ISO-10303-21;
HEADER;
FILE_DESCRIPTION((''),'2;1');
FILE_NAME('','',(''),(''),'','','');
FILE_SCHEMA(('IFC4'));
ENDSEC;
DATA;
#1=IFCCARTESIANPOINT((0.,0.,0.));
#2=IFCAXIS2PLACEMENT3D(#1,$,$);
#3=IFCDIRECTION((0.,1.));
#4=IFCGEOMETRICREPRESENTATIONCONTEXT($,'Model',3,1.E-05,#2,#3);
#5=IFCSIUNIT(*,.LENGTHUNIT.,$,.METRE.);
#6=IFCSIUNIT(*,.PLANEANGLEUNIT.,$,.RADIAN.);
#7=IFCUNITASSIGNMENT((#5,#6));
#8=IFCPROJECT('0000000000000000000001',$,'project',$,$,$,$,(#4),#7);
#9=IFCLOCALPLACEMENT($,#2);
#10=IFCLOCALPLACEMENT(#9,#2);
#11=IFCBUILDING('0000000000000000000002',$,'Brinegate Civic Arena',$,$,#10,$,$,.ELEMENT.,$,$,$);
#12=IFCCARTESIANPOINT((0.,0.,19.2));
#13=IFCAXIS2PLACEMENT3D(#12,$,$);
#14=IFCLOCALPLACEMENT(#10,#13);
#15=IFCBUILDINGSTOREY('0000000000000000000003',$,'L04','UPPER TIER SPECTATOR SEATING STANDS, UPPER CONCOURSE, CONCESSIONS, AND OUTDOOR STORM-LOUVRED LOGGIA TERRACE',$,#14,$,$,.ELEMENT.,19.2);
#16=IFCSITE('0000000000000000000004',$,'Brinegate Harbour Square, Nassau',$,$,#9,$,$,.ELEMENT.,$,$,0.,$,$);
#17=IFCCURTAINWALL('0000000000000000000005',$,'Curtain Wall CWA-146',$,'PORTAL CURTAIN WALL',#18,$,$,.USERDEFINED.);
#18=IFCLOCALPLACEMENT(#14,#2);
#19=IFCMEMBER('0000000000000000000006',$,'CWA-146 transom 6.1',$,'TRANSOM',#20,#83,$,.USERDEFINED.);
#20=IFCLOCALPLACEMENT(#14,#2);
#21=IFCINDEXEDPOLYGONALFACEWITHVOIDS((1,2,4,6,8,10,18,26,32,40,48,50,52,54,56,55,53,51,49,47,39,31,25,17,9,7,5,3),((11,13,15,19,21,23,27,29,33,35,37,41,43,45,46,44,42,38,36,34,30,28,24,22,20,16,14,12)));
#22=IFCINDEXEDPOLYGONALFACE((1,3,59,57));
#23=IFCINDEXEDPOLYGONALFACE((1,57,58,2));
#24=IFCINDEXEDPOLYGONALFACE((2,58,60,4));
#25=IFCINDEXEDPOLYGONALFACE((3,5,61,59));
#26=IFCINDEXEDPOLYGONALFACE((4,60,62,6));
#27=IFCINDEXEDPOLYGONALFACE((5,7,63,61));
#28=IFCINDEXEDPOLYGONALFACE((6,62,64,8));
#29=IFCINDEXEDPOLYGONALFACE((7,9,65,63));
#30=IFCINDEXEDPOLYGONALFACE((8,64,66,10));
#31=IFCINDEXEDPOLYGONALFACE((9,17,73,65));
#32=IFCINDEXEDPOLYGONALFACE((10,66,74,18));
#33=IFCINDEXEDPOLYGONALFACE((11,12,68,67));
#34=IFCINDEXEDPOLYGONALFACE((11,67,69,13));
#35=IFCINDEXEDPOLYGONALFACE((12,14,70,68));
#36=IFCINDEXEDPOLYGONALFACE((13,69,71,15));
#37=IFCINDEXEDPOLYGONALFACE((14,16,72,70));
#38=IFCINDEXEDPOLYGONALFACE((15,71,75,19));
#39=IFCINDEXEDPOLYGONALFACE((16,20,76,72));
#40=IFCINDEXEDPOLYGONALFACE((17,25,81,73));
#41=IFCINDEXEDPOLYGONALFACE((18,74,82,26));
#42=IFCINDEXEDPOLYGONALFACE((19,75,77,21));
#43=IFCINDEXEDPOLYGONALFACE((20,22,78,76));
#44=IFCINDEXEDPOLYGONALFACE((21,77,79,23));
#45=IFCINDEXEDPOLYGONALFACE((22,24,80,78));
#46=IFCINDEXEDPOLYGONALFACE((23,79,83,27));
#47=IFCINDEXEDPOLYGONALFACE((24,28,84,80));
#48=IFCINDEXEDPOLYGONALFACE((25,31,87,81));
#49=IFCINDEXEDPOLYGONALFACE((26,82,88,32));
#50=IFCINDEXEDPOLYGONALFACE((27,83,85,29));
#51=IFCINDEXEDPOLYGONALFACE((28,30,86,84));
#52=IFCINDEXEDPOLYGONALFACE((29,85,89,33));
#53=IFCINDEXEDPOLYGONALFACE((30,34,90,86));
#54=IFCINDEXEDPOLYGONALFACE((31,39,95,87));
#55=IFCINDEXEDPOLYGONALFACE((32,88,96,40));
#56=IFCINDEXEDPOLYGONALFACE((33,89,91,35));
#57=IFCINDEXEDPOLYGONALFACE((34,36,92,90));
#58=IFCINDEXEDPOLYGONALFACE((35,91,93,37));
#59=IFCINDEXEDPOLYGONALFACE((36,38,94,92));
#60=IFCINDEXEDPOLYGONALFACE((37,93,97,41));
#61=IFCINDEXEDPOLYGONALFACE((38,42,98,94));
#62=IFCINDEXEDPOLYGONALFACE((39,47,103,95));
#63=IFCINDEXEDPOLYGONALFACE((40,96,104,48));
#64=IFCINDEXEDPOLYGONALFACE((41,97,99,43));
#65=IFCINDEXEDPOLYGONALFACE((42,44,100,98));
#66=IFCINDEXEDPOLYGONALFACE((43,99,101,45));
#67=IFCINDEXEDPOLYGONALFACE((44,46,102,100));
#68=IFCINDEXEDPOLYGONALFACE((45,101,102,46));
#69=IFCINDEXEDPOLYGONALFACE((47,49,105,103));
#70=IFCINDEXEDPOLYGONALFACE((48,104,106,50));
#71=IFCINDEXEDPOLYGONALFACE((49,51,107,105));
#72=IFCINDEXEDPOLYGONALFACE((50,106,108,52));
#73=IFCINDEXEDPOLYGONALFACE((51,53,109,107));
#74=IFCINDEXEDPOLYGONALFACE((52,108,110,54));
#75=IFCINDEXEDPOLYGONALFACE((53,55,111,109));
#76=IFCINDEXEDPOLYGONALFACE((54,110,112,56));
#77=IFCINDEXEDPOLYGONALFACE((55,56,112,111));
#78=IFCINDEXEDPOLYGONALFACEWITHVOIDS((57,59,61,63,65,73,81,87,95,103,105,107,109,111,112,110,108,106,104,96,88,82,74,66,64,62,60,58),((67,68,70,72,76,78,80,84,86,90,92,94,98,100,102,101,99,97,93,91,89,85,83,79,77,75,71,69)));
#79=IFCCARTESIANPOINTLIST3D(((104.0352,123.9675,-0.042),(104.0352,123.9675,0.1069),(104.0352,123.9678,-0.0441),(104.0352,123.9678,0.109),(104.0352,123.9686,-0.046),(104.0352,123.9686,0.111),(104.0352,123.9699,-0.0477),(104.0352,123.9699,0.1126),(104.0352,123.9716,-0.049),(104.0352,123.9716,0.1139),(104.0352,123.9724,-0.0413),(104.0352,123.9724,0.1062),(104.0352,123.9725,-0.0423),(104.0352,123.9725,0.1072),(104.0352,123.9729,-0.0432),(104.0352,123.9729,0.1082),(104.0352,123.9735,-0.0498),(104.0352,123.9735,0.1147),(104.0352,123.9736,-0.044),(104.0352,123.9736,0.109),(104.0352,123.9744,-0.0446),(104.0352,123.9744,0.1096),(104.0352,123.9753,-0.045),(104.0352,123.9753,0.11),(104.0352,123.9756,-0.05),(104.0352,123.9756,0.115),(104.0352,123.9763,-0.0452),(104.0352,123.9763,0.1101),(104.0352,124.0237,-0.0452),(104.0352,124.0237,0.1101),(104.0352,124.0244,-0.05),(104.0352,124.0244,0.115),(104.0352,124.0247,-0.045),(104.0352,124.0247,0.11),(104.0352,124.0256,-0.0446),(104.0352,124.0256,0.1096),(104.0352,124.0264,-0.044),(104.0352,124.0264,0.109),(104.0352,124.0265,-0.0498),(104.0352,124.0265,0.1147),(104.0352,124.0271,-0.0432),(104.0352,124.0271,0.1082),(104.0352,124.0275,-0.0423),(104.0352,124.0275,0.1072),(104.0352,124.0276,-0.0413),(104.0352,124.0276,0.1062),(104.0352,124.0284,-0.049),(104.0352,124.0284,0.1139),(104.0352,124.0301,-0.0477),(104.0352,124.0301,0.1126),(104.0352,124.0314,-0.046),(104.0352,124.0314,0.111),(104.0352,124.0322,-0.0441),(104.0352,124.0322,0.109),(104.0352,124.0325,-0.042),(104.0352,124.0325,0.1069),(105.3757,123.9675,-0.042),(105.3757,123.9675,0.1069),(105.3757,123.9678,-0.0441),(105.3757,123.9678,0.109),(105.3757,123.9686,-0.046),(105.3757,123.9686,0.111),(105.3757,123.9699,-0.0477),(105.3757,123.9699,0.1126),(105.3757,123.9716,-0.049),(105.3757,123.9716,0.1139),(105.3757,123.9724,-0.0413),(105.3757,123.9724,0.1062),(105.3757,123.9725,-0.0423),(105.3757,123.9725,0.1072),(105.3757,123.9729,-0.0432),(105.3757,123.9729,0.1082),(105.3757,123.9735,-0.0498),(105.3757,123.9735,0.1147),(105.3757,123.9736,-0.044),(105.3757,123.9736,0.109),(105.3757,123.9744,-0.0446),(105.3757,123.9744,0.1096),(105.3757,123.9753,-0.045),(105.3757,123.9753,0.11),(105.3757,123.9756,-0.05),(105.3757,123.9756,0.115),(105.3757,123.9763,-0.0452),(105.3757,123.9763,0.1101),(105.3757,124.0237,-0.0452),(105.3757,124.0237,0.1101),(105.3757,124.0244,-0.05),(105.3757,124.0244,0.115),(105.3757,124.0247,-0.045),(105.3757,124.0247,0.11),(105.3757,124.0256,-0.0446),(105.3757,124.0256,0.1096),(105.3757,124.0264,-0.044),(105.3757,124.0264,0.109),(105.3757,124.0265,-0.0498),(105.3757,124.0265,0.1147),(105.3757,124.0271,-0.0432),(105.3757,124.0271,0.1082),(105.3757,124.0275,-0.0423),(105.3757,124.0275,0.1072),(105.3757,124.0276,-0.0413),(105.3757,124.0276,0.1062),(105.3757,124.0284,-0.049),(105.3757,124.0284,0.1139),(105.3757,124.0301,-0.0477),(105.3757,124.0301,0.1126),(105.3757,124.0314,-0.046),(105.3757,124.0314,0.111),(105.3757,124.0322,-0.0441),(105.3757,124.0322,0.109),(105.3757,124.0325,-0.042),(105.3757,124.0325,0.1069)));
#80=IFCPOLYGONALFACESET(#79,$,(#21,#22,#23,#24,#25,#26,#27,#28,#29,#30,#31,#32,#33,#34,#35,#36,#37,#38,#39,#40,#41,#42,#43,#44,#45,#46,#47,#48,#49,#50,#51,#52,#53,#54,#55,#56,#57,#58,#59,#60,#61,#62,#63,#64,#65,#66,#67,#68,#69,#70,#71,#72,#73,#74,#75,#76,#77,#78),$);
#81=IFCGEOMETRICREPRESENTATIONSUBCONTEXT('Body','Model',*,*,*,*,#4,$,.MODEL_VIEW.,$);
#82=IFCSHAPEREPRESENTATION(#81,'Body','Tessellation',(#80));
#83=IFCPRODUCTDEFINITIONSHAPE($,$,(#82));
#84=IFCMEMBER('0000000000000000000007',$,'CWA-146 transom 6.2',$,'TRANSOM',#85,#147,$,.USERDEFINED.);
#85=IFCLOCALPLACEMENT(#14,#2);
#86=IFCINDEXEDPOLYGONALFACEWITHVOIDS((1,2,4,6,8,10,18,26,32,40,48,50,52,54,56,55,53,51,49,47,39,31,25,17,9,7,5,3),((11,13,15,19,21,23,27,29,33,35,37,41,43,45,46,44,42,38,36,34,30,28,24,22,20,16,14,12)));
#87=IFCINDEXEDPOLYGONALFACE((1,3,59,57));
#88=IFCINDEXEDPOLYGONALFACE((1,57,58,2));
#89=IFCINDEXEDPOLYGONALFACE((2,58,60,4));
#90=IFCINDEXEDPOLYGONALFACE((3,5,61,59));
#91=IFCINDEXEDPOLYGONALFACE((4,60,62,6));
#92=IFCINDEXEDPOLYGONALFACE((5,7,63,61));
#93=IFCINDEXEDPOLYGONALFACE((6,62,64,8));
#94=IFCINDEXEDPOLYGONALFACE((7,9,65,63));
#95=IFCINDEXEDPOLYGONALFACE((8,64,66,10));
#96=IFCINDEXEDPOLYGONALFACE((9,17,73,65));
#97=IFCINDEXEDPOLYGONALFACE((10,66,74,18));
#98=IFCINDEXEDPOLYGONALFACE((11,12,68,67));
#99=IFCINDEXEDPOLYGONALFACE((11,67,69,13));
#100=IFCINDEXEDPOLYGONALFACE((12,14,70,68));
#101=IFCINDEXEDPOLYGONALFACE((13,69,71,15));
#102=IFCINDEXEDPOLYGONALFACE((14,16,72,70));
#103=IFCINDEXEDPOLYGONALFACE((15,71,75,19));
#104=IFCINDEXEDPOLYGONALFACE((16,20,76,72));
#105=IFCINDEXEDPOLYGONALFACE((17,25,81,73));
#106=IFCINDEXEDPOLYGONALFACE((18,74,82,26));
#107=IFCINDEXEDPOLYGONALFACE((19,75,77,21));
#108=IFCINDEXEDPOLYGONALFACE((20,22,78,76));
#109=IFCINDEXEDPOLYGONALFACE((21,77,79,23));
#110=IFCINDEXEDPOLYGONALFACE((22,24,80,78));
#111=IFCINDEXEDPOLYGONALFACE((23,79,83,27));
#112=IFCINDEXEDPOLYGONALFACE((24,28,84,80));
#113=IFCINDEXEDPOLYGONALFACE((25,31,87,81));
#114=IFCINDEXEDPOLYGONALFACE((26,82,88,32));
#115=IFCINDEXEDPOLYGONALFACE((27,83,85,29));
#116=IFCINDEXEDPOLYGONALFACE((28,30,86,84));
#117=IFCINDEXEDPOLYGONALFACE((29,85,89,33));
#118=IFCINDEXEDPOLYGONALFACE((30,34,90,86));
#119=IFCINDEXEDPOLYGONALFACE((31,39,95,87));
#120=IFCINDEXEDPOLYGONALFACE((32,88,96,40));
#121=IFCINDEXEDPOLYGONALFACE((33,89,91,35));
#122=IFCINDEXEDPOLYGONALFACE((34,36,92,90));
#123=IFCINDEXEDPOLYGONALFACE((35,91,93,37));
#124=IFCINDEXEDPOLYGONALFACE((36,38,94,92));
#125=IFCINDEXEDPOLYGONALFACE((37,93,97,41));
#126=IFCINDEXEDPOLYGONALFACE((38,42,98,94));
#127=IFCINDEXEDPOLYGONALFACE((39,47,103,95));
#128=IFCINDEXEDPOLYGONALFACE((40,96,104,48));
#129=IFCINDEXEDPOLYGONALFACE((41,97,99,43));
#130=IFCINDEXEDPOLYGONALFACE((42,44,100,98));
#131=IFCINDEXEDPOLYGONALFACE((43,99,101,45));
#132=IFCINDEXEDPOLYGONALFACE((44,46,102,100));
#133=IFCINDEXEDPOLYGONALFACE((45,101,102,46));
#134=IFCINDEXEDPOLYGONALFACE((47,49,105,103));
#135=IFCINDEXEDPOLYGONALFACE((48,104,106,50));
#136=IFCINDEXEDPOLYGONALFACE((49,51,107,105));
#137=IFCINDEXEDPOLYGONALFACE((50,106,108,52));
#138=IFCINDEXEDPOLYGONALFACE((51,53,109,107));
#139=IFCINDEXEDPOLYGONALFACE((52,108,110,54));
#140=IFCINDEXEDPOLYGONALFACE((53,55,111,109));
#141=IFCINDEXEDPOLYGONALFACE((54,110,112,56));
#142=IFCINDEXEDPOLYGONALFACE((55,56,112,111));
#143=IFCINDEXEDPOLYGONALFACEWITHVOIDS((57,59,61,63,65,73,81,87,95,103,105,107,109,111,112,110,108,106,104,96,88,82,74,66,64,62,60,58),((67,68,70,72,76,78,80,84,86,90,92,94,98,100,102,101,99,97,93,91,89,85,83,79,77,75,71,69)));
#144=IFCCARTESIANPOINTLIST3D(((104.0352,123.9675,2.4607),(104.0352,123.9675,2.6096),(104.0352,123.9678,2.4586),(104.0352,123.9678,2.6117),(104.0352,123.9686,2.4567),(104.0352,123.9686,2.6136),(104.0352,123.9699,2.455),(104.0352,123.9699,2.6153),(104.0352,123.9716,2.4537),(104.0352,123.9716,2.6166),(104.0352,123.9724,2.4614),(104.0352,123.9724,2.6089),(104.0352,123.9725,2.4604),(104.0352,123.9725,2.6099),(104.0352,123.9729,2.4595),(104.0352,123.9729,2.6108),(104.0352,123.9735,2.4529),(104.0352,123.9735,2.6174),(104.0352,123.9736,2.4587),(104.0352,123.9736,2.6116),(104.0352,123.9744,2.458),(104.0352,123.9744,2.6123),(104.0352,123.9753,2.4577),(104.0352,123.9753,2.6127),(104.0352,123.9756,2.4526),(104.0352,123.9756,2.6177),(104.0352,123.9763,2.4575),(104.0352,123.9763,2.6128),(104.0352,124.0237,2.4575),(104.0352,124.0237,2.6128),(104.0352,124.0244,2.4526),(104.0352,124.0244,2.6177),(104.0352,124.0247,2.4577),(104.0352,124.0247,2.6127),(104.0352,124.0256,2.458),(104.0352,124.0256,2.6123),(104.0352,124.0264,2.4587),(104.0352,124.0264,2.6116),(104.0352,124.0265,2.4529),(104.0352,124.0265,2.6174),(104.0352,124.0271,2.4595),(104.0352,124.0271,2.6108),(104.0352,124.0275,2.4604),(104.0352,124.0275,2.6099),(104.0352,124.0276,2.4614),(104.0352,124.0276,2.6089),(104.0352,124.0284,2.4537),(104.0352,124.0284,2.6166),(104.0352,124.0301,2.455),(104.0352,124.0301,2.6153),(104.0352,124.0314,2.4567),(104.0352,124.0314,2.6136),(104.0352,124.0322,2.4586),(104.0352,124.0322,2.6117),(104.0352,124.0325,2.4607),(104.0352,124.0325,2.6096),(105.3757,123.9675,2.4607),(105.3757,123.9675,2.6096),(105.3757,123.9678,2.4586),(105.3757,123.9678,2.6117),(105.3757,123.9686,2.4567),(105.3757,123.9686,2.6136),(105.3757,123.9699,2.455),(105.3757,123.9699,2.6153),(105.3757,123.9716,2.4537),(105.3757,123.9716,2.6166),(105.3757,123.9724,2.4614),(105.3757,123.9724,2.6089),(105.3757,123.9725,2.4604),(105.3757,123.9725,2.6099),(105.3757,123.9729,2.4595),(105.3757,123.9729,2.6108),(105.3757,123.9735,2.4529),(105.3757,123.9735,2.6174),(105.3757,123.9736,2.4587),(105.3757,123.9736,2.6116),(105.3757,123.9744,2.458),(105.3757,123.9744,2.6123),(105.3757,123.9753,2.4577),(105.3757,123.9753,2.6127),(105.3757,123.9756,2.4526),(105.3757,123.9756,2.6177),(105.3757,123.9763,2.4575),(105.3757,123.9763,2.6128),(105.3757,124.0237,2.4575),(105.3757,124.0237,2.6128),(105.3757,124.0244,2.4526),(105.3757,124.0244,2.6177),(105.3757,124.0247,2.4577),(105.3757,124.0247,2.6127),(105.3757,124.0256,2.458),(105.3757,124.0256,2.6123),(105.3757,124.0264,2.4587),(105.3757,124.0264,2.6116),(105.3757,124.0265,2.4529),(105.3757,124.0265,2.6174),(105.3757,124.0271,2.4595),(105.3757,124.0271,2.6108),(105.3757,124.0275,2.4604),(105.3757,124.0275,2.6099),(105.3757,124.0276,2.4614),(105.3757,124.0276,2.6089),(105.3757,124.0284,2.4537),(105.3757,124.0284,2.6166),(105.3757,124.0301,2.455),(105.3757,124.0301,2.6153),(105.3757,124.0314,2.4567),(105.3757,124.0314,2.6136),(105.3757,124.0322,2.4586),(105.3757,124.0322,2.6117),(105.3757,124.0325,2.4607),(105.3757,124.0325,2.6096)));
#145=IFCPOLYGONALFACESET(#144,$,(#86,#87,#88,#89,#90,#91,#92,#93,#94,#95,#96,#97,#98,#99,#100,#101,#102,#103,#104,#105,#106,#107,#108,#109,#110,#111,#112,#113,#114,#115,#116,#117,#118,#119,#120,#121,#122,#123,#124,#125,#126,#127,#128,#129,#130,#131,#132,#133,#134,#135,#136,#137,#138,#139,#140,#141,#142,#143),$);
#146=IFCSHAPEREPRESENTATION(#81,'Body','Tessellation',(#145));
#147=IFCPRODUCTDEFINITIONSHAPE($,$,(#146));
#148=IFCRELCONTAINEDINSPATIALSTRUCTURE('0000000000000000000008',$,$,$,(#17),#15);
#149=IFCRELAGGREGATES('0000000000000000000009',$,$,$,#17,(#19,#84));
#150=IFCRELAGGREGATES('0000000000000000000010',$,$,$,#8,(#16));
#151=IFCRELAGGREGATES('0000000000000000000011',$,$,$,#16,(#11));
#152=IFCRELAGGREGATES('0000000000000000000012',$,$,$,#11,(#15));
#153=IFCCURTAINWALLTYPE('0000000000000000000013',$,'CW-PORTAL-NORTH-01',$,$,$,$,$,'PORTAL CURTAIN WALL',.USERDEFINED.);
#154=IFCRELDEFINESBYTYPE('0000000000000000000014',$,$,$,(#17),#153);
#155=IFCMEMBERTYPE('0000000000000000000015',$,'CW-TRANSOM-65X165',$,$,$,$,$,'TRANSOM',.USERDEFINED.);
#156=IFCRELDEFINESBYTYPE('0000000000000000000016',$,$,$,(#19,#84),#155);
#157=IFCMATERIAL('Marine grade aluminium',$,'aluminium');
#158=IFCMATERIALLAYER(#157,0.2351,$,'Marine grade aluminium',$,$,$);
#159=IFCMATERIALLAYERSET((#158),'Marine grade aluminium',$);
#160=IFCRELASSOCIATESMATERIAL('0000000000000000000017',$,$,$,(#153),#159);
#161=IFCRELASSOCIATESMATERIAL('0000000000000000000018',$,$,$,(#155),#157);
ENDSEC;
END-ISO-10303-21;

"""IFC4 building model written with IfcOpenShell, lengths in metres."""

from ifc_helpers import new_model, si_unit, direction, frame, origin, origin_2d, place, context, subcontext, project, spatial, hollow_rectangle, extrude, material, layer, layer_set, material_profile, profile_set, type_object, element, aggregate, save


model = new_model("IFC4")

# Units and contexts
model_context = context("Model", 3, precision=1e-05, world=origin(), true_north=direction((0.0, 1.0)))
body_context = subcontext(model_context, "Body", "Model", "MODEL_VIEW")
ifc_project = project(units=[si_unit("LENGTHUNIT", "METRE"), si_unit("PLANEANGLEUNIT", "RADIAN")], contexts=[model_context])

# Site, building, storey
site_placement = place(None, origin())
site = spatial("IfcSite", under=ifc_project, at=site_placement, Name="Brinegate Harbour Square, Nassau", CompositionType="ELEMENT", RefElevation=0.0)
building_placement = place(site_placement, origin())
building = spatial("IfcBuilding", under=site, at=building_placement, Name="Brinegate Civic Arena", CompositionType="ELEMENT")
storey_placement = place(building_placement, frame((0.0, 0.0, 19.2)))
storey = spatial("IfcBuildingStorey", under=building, at=storey_placement, Name="L04", Description="UPPER TIER SPECTATOR SEATING STANDS, UPPER CONCOURSE, CONCESSIONS, AND OUTDOOR STORM-LOUVRED LOGGIA TERRACE", CompositionType="ELEMENT", Elevation=19.2)

# Curtain wall, members
ifc_material_1 = material(Name="Marine grade aluminium", Category="aluminium")
ifc_layer_1 = layer(ifc_material_1, 0.2351, Name="Marine grade aluminium")
ifc_layer_set_1 = layer_set([ifc_layer_1], Name="Marine grade aluminium")
curtain_wall_type = type_object("IfcCurtainWallType", Name="CW-PORTAL-NORTH-01", ElementType="PORTAL CURTAIN WALL", PredefinedType="USERDEFINED", material=ifc_layer_set_1)
curtain_wall_placement = place(storey_placement, origin())
curtain_wall = element("IfcCurtainWall", 1, at=curtain_wall_placement, inside=storey, type_object=curtain_wall_type, Name="Curtain Wall CWA-146", ObjectType="PORTAL CURTAIN WALL", PredefinedType="USERDEFINED")
ifc_material_profile_1 = material_profile(ifc_material_1, hollow_rectangle(XDim=0.0649, YDim=0.165, WallThickness=0.0049, InnerFilletRadius=0.0039, OuterFilletRadius=0.0081, at=origin_2d()), Name="TRN65X165")
ifc_profile_set_1 = profile_set([ifc_material_profile_1], Name="Marine grade aluminium")
member_type_1 = type_object("IfcMemberType", Name="CW-TRANSOM-65X165", ElementType="TRANSOM", PredefinedType="USERDEFINED", material=ifc_profile_set_1)
member_1_placement = place(storey_placement, frame((104.0352, 124.0, 0.0325), z_axis=(1.0, 0.0, 0.0), x_axis=(0.0, 1.0, 0.0)))
member_1 = element("IfcMember", 2, at=member_1_placement, type_object=member_type_1, Name="CWA-146 transom 6.1", ObjectType="TRANSOM", PredefinedType="USERDEFINED", context=body_context, shape_type="SweptSolid", body=[
    extrude(hollow_rectangle(XDim=0.0649, YDim=0.165, WallThickness=0.0049, InnerFilletRadius=0.0039, OuterFilletRadius=0.0081, at=origin_2d()), origin(), (0.0, 0.0, 1.0), 1.3406),
])
member_2_placement = place(storey_placement, frame((104.0352, 124.0, 2.5352), z_axis=(1.0, 0.0, 0.0), x_axis=(0.0, 1.0, 0.0)))
member_2 = element("IfcMember", 3, at=member_2_placement, type_object=member_type_1, Name="CWA-146 transom 6.2", ObjectType="TRANSOM", PredefinedType="USERDEFINED", context=body_context, shape_type="SweptSolid", body=[
    extrude(hollow_rectangle(XDim=0.0649, YDim=0.165, WallThickness=0.0049, InnerFilletRadius=0.0039, OuterFilletRadius=0.0081, at=origin_2d()), origin(), (0.0, 0.0, 1.0), 1.3406),
])

aggregate(curtain_wall, [member_1, member_2])

save(model, "model.ifc")
